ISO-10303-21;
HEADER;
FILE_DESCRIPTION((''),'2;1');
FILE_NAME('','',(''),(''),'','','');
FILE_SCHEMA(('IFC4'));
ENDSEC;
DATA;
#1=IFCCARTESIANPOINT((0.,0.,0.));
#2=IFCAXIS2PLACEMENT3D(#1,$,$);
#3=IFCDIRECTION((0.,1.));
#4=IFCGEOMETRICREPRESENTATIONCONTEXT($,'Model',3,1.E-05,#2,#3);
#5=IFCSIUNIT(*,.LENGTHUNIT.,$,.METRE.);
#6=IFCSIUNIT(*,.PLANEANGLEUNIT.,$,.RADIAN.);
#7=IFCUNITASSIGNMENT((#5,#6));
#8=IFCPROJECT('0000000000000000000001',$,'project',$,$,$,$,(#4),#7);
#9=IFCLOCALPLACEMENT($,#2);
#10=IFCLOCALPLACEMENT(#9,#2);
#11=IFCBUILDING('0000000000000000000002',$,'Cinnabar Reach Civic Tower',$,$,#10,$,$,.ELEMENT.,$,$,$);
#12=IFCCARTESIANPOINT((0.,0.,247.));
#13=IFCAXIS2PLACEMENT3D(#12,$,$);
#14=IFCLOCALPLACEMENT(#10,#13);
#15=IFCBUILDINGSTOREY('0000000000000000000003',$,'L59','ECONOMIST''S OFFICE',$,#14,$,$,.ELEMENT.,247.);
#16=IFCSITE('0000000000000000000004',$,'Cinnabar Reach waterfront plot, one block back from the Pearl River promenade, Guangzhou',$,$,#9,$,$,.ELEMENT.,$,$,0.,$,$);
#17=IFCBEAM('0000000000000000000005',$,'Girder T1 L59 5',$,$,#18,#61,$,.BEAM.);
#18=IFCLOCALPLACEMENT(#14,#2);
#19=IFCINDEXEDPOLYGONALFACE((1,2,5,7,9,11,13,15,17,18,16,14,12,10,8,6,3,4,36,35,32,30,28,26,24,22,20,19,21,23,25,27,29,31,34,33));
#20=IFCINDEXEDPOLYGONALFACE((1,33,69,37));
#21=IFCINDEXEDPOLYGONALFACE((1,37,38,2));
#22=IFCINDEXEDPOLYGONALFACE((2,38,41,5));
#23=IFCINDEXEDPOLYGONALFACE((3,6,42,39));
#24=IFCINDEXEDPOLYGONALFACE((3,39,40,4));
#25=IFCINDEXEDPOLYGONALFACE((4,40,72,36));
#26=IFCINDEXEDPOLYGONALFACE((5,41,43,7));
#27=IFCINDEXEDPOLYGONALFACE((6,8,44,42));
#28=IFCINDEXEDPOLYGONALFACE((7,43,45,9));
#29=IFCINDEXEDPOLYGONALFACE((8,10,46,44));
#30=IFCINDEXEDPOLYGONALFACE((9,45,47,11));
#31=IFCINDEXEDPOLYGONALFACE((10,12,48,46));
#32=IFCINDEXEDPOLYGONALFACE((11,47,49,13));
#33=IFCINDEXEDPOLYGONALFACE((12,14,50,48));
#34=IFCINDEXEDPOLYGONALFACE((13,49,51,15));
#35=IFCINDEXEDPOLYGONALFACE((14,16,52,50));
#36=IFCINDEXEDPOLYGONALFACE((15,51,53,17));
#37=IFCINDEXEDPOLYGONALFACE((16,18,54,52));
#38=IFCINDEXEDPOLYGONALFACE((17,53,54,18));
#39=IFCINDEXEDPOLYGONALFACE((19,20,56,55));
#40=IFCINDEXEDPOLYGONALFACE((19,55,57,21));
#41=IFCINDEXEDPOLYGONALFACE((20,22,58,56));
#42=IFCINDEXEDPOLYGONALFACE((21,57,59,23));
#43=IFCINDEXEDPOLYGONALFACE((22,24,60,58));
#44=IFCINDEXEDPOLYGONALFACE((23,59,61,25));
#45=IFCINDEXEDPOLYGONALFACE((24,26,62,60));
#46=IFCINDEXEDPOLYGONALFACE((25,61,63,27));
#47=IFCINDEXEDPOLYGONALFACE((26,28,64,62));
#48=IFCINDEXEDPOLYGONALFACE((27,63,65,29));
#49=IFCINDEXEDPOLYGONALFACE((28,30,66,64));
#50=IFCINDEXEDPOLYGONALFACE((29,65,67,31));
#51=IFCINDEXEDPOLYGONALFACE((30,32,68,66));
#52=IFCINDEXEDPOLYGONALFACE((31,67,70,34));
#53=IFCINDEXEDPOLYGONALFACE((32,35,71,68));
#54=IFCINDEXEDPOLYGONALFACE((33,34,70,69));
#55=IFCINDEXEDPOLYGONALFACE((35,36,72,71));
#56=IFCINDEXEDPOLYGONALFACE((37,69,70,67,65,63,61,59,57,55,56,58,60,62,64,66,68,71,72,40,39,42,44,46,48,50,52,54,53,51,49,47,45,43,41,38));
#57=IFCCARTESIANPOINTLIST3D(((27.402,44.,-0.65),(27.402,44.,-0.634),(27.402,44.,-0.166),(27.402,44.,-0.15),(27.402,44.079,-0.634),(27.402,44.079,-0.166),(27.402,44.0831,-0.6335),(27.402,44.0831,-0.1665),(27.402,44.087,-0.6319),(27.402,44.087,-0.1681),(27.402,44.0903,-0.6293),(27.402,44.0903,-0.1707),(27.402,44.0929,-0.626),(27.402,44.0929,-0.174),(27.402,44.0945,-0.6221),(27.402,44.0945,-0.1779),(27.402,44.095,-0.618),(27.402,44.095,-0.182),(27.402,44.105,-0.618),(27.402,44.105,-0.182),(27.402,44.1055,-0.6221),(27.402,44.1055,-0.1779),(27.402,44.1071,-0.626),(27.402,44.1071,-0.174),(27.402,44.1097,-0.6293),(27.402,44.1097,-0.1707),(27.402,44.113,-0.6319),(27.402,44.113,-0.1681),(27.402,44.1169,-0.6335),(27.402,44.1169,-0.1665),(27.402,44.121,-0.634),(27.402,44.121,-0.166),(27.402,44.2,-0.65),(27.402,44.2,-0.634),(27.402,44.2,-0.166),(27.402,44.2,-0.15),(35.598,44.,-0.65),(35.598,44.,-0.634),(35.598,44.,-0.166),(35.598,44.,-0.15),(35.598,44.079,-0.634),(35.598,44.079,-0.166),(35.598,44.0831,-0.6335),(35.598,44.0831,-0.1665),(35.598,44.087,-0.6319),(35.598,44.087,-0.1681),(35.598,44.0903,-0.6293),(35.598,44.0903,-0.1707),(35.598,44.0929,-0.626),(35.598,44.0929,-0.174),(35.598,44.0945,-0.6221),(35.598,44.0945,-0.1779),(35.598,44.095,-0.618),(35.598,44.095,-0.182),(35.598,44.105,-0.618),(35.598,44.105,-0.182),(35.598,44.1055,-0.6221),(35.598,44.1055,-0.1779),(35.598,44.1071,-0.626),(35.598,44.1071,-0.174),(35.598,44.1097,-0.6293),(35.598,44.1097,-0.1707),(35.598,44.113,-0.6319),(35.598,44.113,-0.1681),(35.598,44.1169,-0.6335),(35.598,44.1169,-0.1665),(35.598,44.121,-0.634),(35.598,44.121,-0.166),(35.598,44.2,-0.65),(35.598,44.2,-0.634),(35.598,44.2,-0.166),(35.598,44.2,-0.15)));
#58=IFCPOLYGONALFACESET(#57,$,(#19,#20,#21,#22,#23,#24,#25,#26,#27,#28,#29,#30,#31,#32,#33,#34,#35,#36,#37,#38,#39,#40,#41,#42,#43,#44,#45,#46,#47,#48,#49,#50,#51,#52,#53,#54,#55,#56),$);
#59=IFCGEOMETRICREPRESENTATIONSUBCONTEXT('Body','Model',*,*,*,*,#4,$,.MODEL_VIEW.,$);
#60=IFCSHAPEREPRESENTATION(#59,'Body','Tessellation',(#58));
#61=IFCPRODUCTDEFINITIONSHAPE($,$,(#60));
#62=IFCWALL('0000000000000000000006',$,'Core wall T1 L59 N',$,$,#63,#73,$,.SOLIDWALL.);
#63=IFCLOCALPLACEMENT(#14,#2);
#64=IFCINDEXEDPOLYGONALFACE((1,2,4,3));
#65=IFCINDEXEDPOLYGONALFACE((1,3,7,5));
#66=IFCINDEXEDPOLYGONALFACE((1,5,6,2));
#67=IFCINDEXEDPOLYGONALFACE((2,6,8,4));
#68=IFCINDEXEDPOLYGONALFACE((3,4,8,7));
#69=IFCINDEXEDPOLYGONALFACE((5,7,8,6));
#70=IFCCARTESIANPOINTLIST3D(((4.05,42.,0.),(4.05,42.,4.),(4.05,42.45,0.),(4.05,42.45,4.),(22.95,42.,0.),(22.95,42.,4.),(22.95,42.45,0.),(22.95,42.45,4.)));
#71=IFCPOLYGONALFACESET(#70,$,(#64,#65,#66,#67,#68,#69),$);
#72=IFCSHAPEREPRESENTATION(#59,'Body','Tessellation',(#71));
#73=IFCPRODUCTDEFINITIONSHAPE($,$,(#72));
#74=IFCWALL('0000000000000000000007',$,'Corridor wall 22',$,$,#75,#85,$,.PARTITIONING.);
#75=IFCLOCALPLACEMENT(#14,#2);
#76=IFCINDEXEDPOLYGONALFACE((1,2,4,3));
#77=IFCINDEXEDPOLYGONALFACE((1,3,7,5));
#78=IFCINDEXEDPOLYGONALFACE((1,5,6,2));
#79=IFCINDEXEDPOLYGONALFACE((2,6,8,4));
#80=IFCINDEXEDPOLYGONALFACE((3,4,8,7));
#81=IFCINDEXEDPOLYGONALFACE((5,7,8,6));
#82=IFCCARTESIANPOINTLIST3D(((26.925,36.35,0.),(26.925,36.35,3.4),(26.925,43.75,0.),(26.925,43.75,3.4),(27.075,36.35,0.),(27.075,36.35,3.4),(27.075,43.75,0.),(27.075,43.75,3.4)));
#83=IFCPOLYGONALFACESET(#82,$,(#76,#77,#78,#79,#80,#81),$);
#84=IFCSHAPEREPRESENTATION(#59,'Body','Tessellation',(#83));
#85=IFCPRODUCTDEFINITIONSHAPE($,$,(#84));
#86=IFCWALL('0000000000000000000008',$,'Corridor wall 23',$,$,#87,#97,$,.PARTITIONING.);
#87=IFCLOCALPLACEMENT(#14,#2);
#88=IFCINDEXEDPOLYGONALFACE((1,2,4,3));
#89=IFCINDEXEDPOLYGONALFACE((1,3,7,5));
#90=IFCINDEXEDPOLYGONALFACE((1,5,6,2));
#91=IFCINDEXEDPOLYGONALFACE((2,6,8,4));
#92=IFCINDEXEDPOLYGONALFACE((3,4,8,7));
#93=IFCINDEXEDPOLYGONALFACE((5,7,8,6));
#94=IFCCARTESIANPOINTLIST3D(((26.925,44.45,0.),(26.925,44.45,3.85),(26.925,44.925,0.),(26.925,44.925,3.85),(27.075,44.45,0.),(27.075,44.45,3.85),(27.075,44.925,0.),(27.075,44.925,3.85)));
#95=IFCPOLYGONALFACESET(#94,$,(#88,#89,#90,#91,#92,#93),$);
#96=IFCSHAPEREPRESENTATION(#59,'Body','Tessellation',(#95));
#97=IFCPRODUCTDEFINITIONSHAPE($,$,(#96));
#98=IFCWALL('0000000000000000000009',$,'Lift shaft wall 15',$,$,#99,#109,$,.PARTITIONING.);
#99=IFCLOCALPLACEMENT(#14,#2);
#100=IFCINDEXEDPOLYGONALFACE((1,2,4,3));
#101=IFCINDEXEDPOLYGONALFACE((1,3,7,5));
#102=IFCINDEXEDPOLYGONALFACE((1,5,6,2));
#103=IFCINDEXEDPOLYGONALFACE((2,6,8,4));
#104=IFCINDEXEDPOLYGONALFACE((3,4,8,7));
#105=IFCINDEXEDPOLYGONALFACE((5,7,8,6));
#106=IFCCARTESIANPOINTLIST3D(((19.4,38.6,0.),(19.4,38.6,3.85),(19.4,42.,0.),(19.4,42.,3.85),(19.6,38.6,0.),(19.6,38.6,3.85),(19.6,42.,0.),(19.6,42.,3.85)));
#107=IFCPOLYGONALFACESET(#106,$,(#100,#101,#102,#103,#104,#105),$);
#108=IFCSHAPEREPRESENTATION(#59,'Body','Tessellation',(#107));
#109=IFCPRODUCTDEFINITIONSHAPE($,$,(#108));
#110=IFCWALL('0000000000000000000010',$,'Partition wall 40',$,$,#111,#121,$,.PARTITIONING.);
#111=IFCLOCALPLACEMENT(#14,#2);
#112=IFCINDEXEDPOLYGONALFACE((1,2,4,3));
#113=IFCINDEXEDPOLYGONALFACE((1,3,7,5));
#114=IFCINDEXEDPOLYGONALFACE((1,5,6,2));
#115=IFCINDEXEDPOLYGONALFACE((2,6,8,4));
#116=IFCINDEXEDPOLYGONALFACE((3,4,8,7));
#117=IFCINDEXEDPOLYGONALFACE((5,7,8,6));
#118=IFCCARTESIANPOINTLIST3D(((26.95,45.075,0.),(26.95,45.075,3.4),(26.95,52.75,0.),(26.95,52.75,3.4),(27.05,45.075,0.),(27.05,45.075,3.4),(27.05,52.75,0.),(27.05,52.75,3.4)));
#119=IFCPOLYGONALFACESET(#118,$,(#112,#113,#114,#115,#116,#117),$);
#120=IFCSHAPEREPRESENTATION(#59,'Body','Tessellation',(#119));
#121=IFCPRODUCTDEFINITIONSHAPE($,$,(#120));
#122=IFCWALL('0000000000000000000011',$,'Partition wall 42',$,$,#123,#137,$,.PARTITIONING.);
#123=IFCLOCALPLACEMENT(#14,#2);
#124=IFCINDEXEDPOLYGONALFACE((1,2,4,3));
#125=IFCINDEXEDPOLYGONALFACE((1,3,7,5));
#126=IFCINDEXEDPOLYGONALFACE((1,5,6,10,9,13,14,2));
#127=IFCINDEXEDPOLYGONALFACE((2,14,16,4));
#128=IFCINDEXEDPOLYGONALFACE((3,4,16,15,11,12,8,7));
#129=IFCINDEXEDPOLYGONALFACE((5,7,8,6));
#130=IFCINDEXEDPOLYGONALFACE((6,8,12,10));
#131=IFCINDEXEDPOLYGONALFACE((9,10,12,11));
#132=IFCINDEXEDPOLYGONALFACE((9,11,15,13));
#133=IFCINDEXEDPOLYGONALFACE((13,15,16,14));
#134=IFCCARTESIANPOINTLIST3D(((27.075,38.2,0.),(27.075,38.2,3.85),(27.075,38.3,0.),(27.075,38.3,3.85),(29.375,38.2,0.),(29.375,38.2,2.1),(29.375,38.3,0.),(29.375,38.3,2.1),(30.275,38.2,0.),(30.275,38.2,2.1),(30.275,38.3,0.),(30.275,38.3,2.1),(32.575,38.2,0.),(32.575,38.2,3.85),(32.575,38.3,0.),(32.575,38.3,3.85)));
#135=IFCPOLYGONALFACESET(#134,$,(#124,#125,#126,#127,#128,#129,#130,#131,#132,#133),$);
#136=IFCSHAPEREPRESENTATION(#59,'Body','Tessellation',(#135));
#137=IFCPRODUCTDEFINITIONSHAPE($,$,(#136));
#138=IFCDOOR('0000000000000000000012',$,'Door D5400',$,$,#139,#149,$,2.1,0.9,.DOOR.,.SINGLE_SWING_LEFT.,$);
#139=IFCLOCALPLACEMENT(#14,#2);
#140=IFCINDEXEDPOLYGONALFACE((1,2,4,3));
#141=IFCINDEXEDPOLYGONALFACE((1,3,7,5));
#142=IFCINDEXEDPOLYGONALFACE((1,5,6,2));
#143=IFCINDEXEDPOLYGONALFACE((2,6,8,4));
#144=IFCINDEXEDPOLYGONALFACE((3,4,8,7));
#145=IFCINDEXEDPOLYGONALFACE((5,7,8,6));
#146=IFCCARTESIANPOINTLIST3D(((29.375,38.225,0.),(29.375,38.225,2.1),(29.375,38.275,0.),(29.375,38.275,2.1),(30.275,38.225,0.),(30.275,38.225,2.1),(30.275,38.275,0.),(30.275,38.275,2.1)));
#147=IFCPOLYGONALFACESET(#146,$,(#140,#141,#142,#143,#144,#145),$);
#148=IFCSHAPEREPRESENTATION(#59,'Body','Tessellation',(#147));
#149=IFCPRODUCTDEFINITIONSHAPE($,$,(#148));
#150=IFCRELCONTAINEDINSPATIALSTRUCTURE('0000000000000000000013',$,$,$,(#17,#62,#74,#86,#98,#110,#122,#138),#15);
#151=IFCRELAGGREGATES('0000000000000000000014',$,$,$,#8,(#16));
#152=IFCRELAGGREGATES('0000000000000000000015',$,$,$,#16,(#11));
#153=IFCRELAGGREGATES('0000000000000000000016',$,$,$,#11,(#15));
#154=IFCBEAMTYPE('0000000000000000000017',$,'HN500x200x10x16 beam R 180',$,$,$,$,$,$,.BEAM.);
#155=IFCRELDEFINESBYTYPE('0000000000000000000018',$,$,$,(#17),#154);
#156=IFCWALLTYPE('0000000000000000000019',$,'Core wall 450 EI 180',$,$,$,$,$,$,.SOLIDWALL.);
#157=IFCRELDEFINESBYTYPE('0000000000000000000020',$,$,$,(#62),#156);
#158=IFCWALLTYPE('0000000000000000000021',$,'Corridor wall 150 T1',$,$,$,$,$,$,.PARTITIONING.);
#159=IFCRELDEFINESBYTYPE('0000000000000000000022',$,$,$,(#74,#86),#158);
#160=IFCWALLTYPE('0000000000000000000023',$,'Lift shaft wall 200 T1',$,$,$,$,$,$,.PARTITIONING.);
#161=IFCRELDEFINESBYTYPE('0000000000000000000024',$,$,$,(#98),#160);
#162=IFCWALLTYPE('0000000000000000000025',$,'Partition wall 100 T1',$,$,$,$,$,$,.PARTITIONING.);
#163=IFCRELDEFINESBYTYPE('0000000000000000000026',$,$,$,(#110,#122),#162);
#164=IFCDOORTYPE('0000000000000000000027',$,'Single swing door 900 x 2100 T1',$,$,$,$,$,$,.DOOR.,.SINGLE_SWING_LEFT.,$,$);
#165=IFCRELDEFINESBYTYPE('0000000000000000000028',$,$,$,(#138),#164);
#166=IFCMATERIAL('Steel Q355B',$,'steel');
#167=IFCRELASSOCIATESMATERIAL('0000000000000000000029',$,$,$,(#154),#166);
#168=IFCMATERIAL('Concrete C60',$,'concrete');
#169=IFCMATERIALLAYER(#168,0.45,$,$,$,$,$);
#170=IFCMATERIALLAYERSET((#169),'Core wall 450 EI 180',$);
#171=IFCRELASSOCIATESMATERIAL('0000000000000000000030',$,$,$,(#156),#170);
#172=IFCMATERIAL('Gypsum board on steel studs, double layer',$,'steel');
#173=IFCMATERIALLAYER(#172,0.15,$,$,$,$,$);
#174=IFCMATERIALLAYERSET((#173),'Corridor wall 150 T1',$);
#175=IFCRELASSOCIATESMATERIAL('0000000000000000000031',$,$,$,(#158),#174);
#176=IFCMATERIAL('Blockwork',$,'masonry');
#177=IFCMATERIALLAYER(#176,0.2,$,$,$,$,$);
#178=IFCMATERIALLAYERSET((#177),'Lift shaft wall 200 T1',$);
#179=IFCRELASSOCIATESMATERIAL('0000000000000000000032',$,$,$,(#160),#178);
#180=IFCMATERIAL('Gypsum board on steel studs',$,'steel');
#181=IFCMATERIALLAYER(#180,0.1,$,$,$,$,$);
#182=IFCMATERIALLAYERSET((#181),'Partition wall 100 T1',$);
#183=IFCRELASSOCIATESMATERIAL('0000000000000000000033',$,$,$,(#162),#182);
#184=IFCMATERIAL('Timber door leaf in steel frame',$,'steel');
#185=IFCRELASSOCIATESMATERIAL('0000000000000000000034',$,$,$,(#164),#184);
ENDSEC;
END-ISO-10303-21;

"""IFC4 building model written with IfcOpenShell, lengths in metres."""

from ifc_helpers import new_model, si_unit, direction, frame, frame_2d, origin, origin_2d, place, context, subcontext, project, spatial, rectangle, i_section, extrude, material, layer, layer_set, material_profile, profile_set, type_object, element, fill, save


model = new_model("IFC4")

# Units and contexts
model_context = context("Model", 3, precision=1e-05, world=origin(), true_north=direction((0.0, 1.0)))
body_context = subcontext(model_context, "Body", "Model", "MODEL_VIEW")
ifc_project = project(units=[si_unit("LENGTHUNIT", "METRE"), si_unit("PLANEANGLEUNIT", "RADIAN")], contexts=[model_context])

# Site, building, storey
site_placement = place(None, origin())
site = spatial("IfcSite", under=ifc_project, at=site_placement, Name="Cinnabar Reach waterfront plot, one block back from the Pearl River promenade, Guangzhou", CompositionType="ELEMENT", RefElevation=0.0)
building_placement = place(site_placement, origin())
building = spatial("IfcBuilding", under=site, at=building_placement, Name="Cinnabar Reach Civic Tower", CompositionType="ELEMENT")
storey_placement = place(building_placement, frame((0.0, 0.0, 247.0)))
storey = spatial("IfcBuildingStorey", under=building, at=storey_placement, Name="L59", Description="ECONOMIST'S OFFICE", CompositionType="ELEMENT", Elevation=247.0)

# Shared definitions
ifc_material_1 = material(Name="Concrete C60", Category="concrete")

# Beam
ifc_material_2 = material(Name="Steel Q355B", Category="steel")
ifc_material_profile_1 = material_profile(ifc_material_2, i_section(OverallWidth=0.2, OverallDepth=0.5, WebThickness=0.01, FlangeThickness=0.016, FilletRadius=0.016, at=origin_2d()), Name="HN500x200x10x16")
ifc_profile_set_1 = profile_set([ifc_material_profile_1], Name="Steel Q355B")
beam_type_1 = type_object("IfcBeamType", Name="HN500x200x10x16 beam R 180", PredefinedType="BEAM", material=ifc_profile_set_1)
for number, where, z_axis, x_axis, name in (
    (1, (27.402, 44.1, -0.4), (1.0, 0.0, 0.0), (0.0, 1.0, 0.0), "Girder T1 L59 5"),
):
    element("IfcBeam", number, at=place(storey_placement, frame(where, z_axis=z_axis, x_axis=x_axis)), inside=storey, type_object=beam_type_1, Name=name, PredefinedType="BEAM", context=body_context, shape_type="SweptSolid", body=[
        extrude(i_section(OverallWidth=0.2, OverallDepth=0.5, WebThickness=0.01, FlangeThickness=0.016, FilletRadius=0.016, at=origin_2d()), origin(), (0.0, 0.0, 1.0), 8.196),
    ])

# Walls
ifc_layer_1 = layer(ifc_material_1, 0.45)
ifc_layer_set_1 = layer_set([ifc_layer_1], Name="Core wall 450 EI 180")
wall_type_1 = type_object("IfcWallType", Name="Core wall 450 EI 180", PredefinedType="SOLIDWALL", material=ifc_layer_set_1)
wall_1_placement = place(storey_placement, frame((22.95, 42.225, 0.0), z_axis=(0.0, 0.0, 1.0), x_axis=(-1.0, 0.0, 0.0)))
element("IfcWall", 2, at=wall_1_placement, inside=storey, type_object=wall_type_1, Name="Core wall T1 L59 N", PredefinedType="SOLIDWALL", context=body_context, shape_type="SweptSolid", body=[
    extrude(rectangle(XDim=18.9, YDim=0.45, at=frame_2d((9.45, 0.0))), origin(), (0.0, 0.0, 1.0), 4.0),
])
ifc_material_3 = material(Name="Gypsum board on steel studs, double layer", Category="steel")
ifc_layer_2 = layer(ifc_material_3, 0.15)
ifc_layer_set_2 = layer_set([ifc_layer_2], Name="Corridor wall 150 T1")
wall_type_2 = type_object("IfcWallType", Name="Corridor wall 150 T1", PredefinedType="PARTITIONING", material=ifc_layer_set_2)
wall_2_placement = place(storey_placement, frame((27.0, 36.35, 0.0), z_axis=(0.0, 0.0, 1.0), x_axis=(0.0, 1.0, 0.0)))
element("IfcWall", 3, at=wall_2_placement, inside=storey, type_object=wall_type_2, Name="Corridor wall 22", PredefinedType="PARTITIONING", context=body_context, shape_type="SweptSolid", body=[
    extrude(rectangle(XDim=7.4, YDim=0.15, at=frame_2d((3.7, 0.0))), origin(), (0.0, 0.0, 1.0), 3.4),
])
wall_3_placement = place(storey_placement, frame((27.0, 44.45, 0.0), z_axis=(0.0, 0.0, 1.0), x_axis=(0.0, 1.0, 0.0)))
element("IfcWall", 4, at=wall_3_placement, inside=storey, type_object=wall_type_2, Name="Corridor wall 23", PredefinedType="PARTITIONING", context=body_context, shape_type="SweptSolid", body=[
    extrude(rectangle(XDim=0.475, YDim=0.15, at=frame_2d((0.2375, 0.0))), origin(), (0.0, 0.0, 1.0), 3.85),
])
ifc_material_4 = material(Name="Blockwork", Category="masonry")
ifc_layer_3 = layer(ifc_material_4, 0.2)
ifc_layer_set_3 = layer_set([ifc_layer_3], Name="Lift shaft wall 200 T1")
wall_type_3 = type_object("IfcWallType", Name="Lift shaft wall 200 T1", PredefinedType="PARTITIONING", material=ifc_layer_set_3)
wall_4_placement = place(storey_placement, frame((19.5, 38.6, 0.0), z_axis=(0.0, 0.0, 1.0), x_axis=(0.0, 1.0, 0.0)))
element("IfcWall", 5, at=wall_4_placement, inside=storey, type_object=wall_type_3, Name="Lift shaft wall 15", PredefinedType="PARTITIONING", context=body_context, shape_type="SweptSolid", body=[
    extrude(rectangle(XDim=3.4, YDim=0.2, at=frame_2d((1.7, 0.0))), origin(), (0.0, 0.0, 1.0), 3.85),
])
ifc_material_5 = material(Name="Gypsum board on steel studs", Category="steel")
ifc_layer_4 = layer(ifc_material_5, 0.1)
ifc_layer_set_4 = layer_set([ifc_layer_4], Name="Partition wall 100 T1")
wall_type_4 = type_object("IfcWallType", Name="Partition wall 100 T1", PredefinedType="PARTITIONING", material=ifc_layer_set_4)
wall_5_placement = place(storey_placement, frame((27.0, 45.075, 0.0), z_axis=(0.0, 0.0, 1.0), x_axis=(0.0, 1.0, 0.0)))
element("IfcWall", 6, at=wall_5_placement, inside=storey, type_object=wall_type_4, Name="Partition wall 40", PredefinedType="PARTITIONING", context=body_context, shape_type="SweptSolid", body=[
    extrude(rectangle(XDim=7.675, YDim=0.1, at=frame_2d((3.8375, 0.0))), origin(), (0.0, 0.0, 1.0), 3.4),
])

# Wall, opening, door
wall_6_placement = place(storey_placement, frame((27.075, 38.25, 0.0), z_axis=(0.0, 0.0, 1.0), x_axis=(1.0, 0.0, 0.0)))
wall_6 = element("IfcWall", 7, at=wall_6_placement, inside=storey, type_object=wall_type_4, Name="Partition wall 42", PredefinedType="PARTITIONING", context=body_context, shape_type="SweptSolid", body=[
    extrude(rectangle(XDim=5.5, YDim=0.1, at=frame_2d((2.75, 0.0))), origin(), (0.0, 0.0, 1.0), 3.85),
])
opening_placement = place(wall_6_placement, frame((2.3, 0.0, 0.0)))
opening = element("IfcOpeningElement", 8, at=opening_placement, cuts=wall_6, PredefinedType="OPENING", context=body_context, shape_type="SweptSolid", body=[
    extrude(rectangle(XDim=0.9, YDim=2.1, at=frame_2d((0.45, 1.05))), frame((0.0, 0.06, 0.0), z_axis=(0.0, -1.0, 0.0), x_axis=(1.0, 0.0, 0.0)), (0.0, 0.0, 1.0), 0.12),
])
ifc_material_6 = material(Name="Timber door leaf in steel frame", Category="steel")
door_type = type_object("IfcDoorType", Name="Single swing door 900 x 2100 T1", OperationType="SINGLE_SWING_LEFT", PredefinedType="DOOR", material=ifc_material_6)
door_placement = place(opening_placement, frame((0.9, 0.0, 0.0), z_axis=(0.0, 0.0, 1.0), x_axis=(-1.0, 0.0, 0.0)))
door = element("IfcDoor", 9, at=door_placement, inside=storey, type_object=door_type, Name="Door D5400", OperationType="SINGLE_SWING_LEFT", OverallHeight=2.1, OverallWidth=0.9, PredefinedType="DOOR", context=body_context, shape_type="SweptSolid", body=[
    extrude(rectangle(XDim=0.9, YDim=2.1, at=frame_2d((0.45, 1.05))), frame((0.0, 0.025, 0.0), z_axis=(0.0, -1.0, 0.0), x_axis=(1.0, 0.0, 0.0)), (0.0, 0.0, 1.0), 0.05),
])
fill(opening, door)

save(model, "model.ifc")
